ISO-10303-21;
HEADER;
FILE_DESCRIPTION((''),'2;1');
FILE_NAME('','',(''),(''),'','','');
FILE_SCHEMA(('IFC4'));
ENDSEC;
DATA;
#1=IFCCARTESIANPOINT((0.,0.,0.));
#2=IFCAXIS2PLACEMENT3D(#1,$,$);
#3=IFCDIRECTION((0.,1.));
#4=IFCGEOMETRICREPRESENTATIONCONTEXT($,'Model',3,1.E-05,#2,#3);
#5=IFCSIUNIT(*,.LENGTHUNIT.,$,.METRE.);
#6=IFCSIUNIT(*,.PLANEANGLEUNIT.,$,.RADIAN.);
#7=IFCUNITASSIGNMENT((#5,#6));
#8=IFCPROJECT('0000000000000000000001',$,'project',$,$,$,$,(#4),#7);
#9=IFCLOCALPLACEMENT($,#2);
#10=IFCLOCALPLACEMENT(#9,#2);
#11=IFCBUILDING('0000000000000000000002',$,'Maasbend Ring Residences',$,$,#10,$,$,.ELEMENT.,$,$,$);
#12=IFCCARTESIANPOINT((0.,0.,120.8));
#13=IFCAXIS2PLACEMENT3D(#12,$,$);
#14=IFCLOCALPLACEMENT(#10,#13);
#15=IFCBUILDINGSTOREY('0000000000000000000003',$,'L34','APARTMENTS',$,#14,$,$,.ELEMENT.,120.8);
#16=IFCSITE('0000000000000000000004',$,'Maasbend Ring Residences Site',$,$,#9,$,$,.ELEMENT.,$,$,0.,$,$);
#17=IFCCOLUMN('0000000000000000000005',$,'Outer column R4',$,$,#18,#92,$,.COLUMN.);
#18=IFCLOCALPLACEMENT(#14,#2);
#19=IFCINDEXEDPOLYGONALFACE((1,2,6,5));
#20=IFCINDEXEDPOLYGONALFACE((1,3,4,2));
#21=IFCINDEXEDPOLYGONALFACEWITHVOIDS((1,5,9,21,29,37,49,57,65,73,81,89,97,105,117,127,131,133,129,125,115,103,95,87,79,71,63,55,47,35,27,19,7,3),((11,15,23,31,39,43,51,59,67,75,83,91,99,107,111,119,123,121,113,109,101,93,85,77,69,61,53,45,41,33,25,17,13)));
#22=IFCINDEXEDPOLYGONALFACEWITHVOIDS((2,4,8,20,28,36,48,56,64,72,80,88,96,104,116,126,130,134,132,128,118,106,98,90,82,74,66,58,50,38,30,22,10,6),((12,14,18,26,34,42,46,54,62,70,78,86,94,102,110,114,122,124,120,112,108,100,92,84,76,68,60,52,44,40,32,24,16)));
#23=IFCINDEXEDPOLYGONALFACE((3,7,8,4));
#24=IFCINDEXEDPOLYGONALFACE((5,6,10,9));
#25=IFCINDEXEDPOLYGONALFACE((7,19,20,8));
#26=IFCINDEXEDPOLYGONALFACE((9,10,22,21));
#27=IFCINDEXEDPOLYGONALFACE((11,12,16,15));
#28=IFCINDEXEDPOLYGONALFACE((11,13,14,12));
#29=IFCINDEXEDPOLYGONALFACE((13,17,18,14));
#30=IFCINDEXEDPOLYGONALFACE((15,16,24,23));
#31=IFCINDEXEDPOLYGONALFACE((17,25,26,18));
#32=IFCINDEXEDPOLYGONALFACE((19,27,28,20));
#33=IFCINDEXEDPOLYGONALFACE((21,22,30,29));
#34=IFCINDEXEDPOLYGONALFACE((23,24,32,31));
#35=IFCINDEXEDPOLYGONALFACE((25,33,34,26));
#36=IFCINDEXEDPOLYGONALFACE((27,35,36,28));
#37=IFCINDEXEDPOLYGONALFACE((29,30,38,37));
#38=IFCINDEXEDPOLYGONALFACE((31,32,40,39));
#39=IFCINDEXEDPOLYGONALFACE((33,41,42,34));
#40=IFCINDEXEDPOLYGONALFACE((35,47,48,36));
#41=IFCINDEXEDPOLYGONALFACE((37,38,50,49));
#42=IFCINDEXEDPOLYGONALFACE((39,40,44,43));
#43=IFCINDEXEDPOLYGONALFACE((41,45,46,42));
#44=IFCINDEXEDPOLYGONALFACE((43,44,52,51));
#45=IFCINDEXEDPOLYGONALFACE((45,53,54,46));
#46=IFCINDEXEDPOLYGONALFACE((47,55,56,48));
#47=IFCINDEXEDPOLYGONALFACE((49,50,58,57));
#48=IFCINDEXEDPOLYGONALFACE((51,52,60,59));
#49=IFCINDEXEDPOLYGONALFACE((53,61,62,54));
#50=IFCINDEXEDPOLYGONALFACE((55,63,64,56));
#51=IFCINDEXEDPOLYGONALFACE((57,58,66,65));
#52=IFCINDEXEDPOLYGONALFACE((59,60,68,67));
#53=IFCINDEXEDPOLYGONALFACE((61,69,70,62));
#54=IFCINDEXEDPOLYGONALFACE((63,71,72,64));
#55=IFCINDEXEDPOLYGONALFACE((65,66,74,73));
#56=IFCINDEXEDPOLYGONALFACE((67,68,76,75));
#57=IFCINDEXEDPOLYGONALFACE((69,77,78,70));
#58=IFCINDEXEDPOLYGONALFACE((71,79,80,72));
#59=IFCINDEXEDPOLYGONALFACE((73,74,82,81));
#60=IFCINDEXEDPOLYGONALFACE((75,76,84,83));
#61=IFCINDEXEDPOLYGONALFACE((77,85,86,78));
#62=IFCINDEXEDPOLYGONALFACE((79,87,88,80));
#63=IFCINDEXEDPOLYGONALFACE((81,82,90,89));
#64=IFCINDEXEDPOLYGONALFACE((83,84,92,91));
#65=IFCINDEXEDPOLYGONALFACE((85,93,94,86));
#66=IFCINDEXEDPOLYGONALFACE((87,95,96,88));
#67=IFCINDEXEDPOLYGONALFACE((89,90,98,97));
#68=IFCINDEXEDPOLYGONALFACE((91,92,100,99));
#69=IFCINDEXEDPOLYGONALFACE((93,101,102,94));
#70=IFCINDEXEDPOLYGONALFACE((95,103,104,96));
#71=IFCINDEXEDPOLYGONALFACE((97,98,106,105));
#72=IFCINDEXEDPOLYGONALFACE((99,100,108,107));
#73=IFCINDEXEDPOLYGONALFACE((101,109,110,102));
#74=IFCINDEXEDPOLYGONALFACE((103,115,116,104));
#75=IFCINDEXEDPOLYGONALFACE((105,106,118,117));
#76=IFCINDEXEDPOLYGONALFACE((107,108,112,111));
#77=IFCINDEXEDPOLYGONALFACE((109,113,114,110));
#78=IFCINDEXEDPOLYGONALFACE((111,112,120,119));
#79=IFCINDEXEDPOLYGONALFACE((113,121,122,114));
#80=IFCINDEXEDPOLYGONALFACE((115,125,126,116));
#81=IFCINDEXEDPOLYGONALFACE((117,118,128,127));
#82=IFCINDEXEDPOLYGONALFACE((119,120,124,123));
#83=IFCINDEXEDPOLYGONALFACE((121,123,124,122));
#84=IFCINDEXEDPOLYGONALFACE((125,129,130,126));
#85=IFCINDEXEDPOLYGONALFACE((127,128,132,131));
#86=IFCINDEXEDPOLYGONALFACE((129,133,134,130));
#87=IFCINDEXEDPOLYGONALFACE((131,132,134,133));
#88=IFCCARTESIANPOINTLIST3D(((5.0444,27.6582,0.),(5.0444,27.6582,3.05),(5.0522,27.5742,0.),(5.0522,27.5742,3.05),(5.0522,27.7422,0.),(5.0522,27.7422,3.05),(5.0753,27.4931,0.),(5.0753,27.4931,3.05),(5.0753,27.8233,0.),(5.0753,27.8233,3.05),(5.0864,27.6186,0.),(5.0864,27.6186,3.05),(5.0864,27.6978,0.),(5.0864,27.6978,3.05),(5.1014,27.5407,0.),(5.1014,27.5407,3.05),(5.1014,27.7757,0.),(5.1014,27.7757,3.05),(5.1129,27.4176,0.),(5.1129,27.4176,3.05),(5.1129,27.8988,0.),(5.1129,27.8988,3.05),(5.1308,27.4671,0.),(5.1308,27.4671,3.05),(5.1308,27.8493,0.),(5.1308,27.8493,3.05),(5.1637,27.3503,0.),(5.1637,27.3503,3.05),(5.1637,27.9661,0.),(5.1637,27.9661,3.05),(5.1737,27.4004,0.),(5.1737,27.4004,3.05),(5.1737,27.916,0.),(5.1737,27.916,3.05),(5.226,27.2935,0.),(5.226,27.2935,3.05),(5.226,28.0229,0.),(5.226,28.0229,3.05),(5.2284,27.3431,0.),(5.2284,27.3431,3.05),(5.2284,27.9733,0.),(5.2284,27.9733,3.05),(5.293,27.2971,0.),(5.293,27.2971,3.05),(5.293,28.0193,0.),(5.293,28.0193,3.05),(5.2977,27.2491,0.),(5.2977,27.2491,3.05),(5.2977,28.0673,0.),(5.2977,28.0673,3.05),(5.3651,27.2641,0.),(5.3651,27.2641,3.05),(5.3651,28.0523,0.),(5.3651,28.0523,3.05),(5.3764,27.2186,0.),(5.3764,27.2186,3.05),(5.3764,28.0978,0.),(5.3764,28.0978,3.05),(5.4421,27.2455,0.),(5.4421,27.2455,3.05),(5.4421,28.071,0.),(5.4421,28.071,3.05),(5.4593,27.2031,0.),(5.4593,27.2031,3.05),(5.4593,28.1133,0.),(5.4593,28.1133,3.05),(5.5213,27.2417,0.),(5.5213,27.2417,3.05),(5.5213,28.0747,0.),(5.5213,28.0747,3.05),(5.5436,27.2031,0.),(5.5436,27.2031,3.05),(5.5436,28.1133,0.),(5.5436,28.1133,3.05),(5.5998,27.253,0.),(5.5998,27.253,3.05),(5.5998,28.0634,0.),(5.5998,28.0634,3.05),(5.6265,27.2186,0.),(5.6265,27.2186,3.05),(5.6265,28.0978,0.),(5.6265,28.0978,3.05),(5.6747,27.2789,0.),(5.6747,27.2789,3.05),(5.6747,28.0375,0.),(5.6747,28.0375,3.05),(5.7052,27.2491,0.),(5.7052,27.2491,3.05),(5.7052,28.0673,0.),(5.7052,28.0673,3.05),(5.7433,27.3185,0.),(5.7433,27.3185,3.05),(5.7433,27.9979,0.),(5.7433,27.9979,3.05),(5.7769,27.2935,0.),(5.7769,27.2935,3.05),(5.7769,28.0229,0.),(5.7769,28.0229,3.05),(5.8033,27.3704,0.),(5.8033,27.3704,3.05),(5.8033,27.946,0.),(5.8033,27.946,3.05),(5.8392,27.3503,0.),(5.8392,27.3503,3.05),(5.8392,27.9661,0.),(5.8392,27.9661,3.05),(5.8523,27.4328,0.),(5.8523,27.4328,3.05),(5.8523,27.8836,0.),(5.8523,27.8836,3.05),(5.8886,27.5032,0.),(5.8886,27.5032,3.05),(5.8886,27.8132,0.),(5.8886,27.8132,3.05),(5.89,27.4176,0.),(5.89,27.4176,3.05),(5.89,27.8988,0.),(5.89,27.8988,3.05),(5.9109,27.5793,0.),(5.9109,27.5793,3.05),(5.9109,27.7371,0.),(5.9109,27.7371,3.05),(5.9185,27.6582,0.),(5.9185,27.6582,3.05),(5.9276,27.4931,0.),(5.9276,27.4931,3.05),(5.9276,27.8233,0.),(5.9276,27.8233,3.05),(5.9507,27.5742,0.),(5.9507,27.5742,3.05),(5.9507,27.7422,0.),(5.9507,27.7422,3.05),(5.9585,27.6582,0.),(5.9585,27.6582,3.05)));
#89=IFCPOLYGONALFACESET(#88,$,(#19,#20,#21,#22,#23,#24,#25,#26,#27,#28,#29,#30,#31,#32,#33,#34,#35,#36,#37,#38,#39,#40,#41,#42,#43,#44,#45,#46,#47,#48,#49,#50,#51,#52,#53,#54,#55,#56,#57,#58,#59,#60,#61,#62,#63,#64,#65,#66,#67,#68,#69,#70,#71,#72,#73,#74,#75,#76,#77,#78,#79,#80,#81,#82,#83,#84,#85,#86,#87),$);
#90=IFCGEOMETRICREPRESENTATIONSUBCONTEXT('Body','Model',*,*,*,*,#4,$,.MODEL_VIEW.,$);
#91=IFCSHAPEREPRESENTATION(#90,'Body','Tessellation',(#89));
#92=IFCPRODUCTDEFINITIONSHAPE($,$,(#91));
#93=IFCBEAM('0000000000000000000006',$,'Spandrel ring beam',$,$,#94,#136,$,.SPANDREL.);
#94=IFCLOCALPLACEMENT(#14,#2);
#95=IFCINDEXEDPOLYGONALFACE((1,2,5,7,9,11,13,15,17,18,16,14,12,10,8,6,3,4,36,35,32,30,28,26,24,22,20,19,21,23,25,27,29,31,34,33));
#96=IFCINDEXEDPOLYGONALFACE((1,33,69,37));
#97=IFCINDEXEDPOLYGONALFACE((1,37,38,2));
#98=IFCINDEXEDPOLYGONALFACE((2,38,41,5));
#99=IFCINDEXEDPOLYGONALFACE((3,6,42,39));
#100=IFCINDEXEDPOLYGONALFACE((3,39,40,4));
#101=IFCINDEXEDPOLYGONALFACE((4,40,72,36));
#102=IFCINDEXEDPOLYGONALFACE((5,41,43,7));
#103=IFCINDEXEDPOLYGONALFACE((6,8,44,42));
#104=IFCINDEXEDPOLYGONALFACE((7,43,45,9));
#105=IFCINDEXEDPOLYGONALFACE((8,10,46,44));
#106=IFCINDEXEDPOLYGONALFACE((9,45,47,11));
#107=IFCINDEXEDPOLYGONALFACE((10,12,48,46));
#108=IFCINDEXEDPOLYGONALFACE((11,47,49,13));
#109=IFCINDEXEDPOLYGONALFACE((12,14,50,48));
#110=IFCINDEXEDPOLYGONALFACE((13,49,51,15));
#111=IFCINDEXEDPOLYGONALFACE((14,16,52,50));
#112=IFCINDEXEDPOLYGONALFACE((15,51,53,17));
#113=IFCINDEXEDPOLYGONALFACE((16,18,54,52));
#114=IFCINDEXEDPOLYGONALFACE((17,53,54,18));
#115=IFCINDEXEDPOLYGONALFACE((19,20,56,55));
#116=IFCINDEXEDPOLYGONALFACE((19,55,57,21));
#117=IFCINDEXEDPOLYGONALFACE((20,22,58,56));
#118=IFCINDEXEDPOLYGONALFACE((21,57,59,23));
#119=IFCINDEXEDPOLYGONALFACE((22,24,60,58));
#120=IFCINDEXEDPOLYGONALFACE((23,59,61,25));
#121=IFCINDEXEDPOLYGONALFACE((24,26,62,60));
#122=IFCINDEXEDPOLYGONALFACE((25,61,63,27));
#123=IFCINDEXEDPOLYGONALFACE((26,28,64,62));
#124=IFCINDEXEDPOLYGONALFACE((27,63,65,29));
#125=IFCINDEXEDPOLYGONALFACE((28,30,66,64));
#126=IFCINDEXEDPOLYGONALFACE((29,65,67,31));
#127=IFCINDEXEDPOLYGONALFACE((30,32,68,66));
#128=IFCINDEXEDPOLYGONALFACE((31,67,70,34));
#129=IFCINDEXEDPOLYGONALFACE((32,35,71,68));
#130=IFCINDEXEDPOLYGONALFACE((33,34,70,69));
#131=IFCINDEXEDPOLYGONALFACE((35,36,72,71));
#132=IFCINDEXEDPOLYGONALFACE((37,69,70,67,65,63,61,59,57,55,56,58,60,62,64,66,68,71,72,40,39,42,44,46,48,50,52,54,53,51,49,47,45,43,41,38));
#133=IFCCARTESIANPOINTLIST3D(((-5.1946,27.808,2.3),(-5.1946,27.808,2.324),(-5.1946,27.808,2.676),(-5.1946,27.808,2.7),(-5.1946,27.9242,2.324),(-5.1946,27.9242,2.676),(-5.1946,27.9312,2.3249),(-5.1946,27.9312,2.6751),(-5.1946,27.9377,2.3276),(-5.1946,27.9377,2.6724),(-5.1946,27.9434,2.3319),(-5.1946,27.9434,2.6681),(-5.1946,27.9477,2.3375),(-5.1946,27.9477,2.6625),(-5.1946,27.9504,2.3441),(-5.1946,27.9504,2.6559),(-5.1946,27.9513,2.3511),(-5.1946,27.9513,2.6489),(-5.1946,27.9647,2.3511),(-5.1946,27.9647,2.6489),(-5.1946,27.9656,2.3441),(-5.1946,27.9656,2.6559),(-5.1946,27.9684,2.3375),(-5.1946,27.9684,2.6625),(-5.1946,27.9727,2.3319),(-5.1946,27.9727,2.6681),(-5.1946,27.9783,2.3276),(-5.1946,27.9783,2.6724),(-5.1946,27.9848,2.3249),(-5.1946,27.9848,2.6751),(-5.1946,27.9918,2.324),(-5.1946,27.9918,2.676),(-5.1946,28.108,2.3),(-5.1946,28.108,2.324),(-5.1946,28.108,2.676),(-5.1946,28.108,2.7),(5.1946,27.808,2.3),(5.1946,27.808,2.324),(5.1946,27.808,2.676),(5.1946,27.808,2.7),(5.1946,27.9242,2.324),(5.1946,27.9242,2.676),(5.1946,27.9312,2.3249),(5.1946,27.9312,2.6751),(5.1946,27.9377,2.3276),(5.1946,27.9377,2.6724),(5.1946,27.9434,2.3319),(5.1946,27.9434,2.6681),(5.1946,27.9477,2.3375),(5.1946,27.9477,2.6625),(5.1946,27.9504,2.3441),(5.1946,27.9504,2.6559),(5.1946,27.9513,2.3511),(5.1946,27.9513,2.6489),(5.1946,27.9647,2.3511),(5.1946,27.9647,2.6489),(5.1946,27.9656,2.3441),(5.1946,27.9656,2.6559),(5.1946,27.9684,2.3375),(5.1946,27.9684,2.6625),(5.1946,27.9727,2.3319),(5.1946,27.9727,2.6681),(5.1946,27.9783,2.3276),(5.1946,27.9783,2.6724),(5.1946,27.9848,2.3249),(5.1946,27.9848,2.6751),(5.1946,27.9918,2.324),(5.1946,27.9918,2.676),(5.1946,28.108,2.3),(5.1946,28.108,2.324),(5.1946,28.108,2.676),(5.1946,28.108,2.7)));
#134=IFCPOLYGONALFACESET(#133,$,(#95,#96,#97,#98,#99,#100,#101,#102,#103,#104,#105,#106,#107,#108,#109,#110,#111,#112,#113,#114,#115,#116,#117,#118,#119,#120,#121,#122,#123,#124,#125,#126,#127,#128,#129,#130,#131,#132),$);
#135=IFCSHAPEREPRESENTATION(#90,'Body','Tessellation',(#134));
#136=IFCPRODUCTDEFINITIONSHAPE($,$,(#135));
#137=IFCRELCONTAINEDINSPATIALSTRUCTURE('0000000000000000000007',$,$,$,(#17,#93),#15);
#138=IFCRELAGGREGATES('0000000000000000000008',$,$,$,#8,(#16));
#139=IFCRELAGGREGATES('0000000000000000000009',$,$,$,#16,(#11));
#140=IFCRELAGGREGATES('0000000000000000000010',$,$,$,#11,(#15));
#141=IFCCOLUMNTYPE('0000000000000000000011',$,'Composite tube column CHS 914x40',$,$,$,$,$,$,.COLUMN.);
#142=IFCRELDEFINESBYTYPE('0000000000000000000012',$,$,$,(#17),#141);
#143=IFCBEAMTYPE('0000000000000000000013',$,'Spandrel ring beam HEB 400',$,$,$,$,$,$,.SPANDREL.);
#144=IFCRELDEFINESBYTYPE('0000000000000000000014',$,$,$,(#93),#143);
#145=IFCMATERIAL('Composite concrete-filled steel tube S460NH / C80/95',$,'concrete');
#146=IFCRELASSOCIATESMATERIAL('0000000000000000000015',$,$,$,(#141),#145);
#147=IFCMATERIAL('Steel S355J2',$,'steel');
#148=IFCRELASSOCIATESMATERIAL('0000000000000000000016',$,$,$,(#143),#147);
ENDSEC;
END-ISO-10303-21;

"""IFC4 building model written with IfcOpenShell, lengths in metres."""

from ifc_helpers import new_model, si_unit, direction, frame, origin, origin_2d, place, context, subcontext, project, spatial, hollow_circle, i_section, extrude, material, material_profile, profile_set, type_object, element, save


model = new_model("IFC4")

# Units and contexts
model_context = context("Model", 3, precision=1e-05, world=origin(), true_north=direction((0.0, 1.0)))
body_context = subcontext(model_context, "Body", "Model", "MODEL_VIEW")
ifc_project = project(units=[si_unit("LENGTHUNIT", "METRE"), si_unit("PLANEANGLEUNIT", "RADIAN")], contexts=[model_context])

# Site, building, storey
site_placement = place(None, origin())
site = spatial("IfcSite", under=ifc_project, at=site_placement, Name="Maasbend Ring Residences Site", CompositionType="ELEMENT", RefElevation=0.0)
building_placement = place(site_placement, origin())
building = spatial("IfcBuilding", under=site, at=building_placement, Name="Maasbend Ring Residences", CompositionType="ELEMENT")
storey_placement = place(building_placement, frame((0.0, 0.0, 120.8)))
storey = spatial("IfcBuildingStorey", under=building, at=storey_placement, Name="L34", Description="APARTMENTS", CompositionType="ELEMENT", Elevation=120.8)

# Column
ifc_material_1 = material(Name="Composite concrete-filled steel tube S460NH / C80/95", Category="concrete")
ifc_material_profile_1 = material_profile(ifc_material_1, hollow_circle(Radius=0.457, WallThickness=0.04, at=origin_2d()), Name="Composite tube column CHS 914x40")
ifc_profile_set_1 = profile_set([ifc_material_profile_1], Name="Composite concrete-filled steel tube S460NH / C80/95")
column_type = type_object("IfcColumnType", Name="Composite tube column CHS 914x40", PredefinedType="COLUMN", material=ifc_profile_set_1)
column_placement = place(storey_placement, frame((5.5015, 27.6582, 0.0), z_axis=(0.0, 0.0, 1.0), x_axis=(1.0, 0.0, 0.0)))
element("IfcColumn", 1, at=column_placement, inside=storey, type_object=column_type, Name="Outer column R4", PredefinedType="COLUMN", context=body_context, shape_type="SweptSolid", body=[
    extrude(hollow_circle(Radius=0.457, WallThickness=0.04, at=origin_2d()), origin(), (0.0, 0.0, 1.0), 3.05),
])

# Beam
ifc_material_2 = material(Name="Steel S355J2", Category="steel")
ifc_material_profile_2 = material_profile(ifc_material_2, i_section(OverallWidth=0.3, OverallDepth=0.3999, WebThickness=0.0134, FlangeThickness=0.0239, FilletRadius=0.0271, at=origin_2d()), Name="HEB 400")
ifc_profile_set_2 = profile_set([ifc_material_profile_2], Name="Steel S355J2")
beam_type = type_object("IfcBeamType", Name="Spandrel ring beam HEB 400", PredefinedType="SPANDREL", material=ifc_profile_set_2)
beam_placement = place(storey_placement, frame((5.1946, 27.958, 2.5), z_axis=(-1.0, 0.0, 0.0), x_axis=(0.0, -1.0, 0.0)))
element("IfcBeam", 2, at=beam_placement, inside=storey, type_object=beam_type, Name="Spandrel ring beam", PredefinedType="SPANDREL", context=body_context, shape_type="SweptSolid", body=[
    extrude(i_section(OverallWidth=0.3, OverallDepth=0.3999, WebThickness=0.0134, FlangeThickness=0.0239, FilletRadius=0.0271, at=origin_2d()), origin(), (0.0, 0.0, 1.0), 10.3892),
])

save(model, "model.ifc")
